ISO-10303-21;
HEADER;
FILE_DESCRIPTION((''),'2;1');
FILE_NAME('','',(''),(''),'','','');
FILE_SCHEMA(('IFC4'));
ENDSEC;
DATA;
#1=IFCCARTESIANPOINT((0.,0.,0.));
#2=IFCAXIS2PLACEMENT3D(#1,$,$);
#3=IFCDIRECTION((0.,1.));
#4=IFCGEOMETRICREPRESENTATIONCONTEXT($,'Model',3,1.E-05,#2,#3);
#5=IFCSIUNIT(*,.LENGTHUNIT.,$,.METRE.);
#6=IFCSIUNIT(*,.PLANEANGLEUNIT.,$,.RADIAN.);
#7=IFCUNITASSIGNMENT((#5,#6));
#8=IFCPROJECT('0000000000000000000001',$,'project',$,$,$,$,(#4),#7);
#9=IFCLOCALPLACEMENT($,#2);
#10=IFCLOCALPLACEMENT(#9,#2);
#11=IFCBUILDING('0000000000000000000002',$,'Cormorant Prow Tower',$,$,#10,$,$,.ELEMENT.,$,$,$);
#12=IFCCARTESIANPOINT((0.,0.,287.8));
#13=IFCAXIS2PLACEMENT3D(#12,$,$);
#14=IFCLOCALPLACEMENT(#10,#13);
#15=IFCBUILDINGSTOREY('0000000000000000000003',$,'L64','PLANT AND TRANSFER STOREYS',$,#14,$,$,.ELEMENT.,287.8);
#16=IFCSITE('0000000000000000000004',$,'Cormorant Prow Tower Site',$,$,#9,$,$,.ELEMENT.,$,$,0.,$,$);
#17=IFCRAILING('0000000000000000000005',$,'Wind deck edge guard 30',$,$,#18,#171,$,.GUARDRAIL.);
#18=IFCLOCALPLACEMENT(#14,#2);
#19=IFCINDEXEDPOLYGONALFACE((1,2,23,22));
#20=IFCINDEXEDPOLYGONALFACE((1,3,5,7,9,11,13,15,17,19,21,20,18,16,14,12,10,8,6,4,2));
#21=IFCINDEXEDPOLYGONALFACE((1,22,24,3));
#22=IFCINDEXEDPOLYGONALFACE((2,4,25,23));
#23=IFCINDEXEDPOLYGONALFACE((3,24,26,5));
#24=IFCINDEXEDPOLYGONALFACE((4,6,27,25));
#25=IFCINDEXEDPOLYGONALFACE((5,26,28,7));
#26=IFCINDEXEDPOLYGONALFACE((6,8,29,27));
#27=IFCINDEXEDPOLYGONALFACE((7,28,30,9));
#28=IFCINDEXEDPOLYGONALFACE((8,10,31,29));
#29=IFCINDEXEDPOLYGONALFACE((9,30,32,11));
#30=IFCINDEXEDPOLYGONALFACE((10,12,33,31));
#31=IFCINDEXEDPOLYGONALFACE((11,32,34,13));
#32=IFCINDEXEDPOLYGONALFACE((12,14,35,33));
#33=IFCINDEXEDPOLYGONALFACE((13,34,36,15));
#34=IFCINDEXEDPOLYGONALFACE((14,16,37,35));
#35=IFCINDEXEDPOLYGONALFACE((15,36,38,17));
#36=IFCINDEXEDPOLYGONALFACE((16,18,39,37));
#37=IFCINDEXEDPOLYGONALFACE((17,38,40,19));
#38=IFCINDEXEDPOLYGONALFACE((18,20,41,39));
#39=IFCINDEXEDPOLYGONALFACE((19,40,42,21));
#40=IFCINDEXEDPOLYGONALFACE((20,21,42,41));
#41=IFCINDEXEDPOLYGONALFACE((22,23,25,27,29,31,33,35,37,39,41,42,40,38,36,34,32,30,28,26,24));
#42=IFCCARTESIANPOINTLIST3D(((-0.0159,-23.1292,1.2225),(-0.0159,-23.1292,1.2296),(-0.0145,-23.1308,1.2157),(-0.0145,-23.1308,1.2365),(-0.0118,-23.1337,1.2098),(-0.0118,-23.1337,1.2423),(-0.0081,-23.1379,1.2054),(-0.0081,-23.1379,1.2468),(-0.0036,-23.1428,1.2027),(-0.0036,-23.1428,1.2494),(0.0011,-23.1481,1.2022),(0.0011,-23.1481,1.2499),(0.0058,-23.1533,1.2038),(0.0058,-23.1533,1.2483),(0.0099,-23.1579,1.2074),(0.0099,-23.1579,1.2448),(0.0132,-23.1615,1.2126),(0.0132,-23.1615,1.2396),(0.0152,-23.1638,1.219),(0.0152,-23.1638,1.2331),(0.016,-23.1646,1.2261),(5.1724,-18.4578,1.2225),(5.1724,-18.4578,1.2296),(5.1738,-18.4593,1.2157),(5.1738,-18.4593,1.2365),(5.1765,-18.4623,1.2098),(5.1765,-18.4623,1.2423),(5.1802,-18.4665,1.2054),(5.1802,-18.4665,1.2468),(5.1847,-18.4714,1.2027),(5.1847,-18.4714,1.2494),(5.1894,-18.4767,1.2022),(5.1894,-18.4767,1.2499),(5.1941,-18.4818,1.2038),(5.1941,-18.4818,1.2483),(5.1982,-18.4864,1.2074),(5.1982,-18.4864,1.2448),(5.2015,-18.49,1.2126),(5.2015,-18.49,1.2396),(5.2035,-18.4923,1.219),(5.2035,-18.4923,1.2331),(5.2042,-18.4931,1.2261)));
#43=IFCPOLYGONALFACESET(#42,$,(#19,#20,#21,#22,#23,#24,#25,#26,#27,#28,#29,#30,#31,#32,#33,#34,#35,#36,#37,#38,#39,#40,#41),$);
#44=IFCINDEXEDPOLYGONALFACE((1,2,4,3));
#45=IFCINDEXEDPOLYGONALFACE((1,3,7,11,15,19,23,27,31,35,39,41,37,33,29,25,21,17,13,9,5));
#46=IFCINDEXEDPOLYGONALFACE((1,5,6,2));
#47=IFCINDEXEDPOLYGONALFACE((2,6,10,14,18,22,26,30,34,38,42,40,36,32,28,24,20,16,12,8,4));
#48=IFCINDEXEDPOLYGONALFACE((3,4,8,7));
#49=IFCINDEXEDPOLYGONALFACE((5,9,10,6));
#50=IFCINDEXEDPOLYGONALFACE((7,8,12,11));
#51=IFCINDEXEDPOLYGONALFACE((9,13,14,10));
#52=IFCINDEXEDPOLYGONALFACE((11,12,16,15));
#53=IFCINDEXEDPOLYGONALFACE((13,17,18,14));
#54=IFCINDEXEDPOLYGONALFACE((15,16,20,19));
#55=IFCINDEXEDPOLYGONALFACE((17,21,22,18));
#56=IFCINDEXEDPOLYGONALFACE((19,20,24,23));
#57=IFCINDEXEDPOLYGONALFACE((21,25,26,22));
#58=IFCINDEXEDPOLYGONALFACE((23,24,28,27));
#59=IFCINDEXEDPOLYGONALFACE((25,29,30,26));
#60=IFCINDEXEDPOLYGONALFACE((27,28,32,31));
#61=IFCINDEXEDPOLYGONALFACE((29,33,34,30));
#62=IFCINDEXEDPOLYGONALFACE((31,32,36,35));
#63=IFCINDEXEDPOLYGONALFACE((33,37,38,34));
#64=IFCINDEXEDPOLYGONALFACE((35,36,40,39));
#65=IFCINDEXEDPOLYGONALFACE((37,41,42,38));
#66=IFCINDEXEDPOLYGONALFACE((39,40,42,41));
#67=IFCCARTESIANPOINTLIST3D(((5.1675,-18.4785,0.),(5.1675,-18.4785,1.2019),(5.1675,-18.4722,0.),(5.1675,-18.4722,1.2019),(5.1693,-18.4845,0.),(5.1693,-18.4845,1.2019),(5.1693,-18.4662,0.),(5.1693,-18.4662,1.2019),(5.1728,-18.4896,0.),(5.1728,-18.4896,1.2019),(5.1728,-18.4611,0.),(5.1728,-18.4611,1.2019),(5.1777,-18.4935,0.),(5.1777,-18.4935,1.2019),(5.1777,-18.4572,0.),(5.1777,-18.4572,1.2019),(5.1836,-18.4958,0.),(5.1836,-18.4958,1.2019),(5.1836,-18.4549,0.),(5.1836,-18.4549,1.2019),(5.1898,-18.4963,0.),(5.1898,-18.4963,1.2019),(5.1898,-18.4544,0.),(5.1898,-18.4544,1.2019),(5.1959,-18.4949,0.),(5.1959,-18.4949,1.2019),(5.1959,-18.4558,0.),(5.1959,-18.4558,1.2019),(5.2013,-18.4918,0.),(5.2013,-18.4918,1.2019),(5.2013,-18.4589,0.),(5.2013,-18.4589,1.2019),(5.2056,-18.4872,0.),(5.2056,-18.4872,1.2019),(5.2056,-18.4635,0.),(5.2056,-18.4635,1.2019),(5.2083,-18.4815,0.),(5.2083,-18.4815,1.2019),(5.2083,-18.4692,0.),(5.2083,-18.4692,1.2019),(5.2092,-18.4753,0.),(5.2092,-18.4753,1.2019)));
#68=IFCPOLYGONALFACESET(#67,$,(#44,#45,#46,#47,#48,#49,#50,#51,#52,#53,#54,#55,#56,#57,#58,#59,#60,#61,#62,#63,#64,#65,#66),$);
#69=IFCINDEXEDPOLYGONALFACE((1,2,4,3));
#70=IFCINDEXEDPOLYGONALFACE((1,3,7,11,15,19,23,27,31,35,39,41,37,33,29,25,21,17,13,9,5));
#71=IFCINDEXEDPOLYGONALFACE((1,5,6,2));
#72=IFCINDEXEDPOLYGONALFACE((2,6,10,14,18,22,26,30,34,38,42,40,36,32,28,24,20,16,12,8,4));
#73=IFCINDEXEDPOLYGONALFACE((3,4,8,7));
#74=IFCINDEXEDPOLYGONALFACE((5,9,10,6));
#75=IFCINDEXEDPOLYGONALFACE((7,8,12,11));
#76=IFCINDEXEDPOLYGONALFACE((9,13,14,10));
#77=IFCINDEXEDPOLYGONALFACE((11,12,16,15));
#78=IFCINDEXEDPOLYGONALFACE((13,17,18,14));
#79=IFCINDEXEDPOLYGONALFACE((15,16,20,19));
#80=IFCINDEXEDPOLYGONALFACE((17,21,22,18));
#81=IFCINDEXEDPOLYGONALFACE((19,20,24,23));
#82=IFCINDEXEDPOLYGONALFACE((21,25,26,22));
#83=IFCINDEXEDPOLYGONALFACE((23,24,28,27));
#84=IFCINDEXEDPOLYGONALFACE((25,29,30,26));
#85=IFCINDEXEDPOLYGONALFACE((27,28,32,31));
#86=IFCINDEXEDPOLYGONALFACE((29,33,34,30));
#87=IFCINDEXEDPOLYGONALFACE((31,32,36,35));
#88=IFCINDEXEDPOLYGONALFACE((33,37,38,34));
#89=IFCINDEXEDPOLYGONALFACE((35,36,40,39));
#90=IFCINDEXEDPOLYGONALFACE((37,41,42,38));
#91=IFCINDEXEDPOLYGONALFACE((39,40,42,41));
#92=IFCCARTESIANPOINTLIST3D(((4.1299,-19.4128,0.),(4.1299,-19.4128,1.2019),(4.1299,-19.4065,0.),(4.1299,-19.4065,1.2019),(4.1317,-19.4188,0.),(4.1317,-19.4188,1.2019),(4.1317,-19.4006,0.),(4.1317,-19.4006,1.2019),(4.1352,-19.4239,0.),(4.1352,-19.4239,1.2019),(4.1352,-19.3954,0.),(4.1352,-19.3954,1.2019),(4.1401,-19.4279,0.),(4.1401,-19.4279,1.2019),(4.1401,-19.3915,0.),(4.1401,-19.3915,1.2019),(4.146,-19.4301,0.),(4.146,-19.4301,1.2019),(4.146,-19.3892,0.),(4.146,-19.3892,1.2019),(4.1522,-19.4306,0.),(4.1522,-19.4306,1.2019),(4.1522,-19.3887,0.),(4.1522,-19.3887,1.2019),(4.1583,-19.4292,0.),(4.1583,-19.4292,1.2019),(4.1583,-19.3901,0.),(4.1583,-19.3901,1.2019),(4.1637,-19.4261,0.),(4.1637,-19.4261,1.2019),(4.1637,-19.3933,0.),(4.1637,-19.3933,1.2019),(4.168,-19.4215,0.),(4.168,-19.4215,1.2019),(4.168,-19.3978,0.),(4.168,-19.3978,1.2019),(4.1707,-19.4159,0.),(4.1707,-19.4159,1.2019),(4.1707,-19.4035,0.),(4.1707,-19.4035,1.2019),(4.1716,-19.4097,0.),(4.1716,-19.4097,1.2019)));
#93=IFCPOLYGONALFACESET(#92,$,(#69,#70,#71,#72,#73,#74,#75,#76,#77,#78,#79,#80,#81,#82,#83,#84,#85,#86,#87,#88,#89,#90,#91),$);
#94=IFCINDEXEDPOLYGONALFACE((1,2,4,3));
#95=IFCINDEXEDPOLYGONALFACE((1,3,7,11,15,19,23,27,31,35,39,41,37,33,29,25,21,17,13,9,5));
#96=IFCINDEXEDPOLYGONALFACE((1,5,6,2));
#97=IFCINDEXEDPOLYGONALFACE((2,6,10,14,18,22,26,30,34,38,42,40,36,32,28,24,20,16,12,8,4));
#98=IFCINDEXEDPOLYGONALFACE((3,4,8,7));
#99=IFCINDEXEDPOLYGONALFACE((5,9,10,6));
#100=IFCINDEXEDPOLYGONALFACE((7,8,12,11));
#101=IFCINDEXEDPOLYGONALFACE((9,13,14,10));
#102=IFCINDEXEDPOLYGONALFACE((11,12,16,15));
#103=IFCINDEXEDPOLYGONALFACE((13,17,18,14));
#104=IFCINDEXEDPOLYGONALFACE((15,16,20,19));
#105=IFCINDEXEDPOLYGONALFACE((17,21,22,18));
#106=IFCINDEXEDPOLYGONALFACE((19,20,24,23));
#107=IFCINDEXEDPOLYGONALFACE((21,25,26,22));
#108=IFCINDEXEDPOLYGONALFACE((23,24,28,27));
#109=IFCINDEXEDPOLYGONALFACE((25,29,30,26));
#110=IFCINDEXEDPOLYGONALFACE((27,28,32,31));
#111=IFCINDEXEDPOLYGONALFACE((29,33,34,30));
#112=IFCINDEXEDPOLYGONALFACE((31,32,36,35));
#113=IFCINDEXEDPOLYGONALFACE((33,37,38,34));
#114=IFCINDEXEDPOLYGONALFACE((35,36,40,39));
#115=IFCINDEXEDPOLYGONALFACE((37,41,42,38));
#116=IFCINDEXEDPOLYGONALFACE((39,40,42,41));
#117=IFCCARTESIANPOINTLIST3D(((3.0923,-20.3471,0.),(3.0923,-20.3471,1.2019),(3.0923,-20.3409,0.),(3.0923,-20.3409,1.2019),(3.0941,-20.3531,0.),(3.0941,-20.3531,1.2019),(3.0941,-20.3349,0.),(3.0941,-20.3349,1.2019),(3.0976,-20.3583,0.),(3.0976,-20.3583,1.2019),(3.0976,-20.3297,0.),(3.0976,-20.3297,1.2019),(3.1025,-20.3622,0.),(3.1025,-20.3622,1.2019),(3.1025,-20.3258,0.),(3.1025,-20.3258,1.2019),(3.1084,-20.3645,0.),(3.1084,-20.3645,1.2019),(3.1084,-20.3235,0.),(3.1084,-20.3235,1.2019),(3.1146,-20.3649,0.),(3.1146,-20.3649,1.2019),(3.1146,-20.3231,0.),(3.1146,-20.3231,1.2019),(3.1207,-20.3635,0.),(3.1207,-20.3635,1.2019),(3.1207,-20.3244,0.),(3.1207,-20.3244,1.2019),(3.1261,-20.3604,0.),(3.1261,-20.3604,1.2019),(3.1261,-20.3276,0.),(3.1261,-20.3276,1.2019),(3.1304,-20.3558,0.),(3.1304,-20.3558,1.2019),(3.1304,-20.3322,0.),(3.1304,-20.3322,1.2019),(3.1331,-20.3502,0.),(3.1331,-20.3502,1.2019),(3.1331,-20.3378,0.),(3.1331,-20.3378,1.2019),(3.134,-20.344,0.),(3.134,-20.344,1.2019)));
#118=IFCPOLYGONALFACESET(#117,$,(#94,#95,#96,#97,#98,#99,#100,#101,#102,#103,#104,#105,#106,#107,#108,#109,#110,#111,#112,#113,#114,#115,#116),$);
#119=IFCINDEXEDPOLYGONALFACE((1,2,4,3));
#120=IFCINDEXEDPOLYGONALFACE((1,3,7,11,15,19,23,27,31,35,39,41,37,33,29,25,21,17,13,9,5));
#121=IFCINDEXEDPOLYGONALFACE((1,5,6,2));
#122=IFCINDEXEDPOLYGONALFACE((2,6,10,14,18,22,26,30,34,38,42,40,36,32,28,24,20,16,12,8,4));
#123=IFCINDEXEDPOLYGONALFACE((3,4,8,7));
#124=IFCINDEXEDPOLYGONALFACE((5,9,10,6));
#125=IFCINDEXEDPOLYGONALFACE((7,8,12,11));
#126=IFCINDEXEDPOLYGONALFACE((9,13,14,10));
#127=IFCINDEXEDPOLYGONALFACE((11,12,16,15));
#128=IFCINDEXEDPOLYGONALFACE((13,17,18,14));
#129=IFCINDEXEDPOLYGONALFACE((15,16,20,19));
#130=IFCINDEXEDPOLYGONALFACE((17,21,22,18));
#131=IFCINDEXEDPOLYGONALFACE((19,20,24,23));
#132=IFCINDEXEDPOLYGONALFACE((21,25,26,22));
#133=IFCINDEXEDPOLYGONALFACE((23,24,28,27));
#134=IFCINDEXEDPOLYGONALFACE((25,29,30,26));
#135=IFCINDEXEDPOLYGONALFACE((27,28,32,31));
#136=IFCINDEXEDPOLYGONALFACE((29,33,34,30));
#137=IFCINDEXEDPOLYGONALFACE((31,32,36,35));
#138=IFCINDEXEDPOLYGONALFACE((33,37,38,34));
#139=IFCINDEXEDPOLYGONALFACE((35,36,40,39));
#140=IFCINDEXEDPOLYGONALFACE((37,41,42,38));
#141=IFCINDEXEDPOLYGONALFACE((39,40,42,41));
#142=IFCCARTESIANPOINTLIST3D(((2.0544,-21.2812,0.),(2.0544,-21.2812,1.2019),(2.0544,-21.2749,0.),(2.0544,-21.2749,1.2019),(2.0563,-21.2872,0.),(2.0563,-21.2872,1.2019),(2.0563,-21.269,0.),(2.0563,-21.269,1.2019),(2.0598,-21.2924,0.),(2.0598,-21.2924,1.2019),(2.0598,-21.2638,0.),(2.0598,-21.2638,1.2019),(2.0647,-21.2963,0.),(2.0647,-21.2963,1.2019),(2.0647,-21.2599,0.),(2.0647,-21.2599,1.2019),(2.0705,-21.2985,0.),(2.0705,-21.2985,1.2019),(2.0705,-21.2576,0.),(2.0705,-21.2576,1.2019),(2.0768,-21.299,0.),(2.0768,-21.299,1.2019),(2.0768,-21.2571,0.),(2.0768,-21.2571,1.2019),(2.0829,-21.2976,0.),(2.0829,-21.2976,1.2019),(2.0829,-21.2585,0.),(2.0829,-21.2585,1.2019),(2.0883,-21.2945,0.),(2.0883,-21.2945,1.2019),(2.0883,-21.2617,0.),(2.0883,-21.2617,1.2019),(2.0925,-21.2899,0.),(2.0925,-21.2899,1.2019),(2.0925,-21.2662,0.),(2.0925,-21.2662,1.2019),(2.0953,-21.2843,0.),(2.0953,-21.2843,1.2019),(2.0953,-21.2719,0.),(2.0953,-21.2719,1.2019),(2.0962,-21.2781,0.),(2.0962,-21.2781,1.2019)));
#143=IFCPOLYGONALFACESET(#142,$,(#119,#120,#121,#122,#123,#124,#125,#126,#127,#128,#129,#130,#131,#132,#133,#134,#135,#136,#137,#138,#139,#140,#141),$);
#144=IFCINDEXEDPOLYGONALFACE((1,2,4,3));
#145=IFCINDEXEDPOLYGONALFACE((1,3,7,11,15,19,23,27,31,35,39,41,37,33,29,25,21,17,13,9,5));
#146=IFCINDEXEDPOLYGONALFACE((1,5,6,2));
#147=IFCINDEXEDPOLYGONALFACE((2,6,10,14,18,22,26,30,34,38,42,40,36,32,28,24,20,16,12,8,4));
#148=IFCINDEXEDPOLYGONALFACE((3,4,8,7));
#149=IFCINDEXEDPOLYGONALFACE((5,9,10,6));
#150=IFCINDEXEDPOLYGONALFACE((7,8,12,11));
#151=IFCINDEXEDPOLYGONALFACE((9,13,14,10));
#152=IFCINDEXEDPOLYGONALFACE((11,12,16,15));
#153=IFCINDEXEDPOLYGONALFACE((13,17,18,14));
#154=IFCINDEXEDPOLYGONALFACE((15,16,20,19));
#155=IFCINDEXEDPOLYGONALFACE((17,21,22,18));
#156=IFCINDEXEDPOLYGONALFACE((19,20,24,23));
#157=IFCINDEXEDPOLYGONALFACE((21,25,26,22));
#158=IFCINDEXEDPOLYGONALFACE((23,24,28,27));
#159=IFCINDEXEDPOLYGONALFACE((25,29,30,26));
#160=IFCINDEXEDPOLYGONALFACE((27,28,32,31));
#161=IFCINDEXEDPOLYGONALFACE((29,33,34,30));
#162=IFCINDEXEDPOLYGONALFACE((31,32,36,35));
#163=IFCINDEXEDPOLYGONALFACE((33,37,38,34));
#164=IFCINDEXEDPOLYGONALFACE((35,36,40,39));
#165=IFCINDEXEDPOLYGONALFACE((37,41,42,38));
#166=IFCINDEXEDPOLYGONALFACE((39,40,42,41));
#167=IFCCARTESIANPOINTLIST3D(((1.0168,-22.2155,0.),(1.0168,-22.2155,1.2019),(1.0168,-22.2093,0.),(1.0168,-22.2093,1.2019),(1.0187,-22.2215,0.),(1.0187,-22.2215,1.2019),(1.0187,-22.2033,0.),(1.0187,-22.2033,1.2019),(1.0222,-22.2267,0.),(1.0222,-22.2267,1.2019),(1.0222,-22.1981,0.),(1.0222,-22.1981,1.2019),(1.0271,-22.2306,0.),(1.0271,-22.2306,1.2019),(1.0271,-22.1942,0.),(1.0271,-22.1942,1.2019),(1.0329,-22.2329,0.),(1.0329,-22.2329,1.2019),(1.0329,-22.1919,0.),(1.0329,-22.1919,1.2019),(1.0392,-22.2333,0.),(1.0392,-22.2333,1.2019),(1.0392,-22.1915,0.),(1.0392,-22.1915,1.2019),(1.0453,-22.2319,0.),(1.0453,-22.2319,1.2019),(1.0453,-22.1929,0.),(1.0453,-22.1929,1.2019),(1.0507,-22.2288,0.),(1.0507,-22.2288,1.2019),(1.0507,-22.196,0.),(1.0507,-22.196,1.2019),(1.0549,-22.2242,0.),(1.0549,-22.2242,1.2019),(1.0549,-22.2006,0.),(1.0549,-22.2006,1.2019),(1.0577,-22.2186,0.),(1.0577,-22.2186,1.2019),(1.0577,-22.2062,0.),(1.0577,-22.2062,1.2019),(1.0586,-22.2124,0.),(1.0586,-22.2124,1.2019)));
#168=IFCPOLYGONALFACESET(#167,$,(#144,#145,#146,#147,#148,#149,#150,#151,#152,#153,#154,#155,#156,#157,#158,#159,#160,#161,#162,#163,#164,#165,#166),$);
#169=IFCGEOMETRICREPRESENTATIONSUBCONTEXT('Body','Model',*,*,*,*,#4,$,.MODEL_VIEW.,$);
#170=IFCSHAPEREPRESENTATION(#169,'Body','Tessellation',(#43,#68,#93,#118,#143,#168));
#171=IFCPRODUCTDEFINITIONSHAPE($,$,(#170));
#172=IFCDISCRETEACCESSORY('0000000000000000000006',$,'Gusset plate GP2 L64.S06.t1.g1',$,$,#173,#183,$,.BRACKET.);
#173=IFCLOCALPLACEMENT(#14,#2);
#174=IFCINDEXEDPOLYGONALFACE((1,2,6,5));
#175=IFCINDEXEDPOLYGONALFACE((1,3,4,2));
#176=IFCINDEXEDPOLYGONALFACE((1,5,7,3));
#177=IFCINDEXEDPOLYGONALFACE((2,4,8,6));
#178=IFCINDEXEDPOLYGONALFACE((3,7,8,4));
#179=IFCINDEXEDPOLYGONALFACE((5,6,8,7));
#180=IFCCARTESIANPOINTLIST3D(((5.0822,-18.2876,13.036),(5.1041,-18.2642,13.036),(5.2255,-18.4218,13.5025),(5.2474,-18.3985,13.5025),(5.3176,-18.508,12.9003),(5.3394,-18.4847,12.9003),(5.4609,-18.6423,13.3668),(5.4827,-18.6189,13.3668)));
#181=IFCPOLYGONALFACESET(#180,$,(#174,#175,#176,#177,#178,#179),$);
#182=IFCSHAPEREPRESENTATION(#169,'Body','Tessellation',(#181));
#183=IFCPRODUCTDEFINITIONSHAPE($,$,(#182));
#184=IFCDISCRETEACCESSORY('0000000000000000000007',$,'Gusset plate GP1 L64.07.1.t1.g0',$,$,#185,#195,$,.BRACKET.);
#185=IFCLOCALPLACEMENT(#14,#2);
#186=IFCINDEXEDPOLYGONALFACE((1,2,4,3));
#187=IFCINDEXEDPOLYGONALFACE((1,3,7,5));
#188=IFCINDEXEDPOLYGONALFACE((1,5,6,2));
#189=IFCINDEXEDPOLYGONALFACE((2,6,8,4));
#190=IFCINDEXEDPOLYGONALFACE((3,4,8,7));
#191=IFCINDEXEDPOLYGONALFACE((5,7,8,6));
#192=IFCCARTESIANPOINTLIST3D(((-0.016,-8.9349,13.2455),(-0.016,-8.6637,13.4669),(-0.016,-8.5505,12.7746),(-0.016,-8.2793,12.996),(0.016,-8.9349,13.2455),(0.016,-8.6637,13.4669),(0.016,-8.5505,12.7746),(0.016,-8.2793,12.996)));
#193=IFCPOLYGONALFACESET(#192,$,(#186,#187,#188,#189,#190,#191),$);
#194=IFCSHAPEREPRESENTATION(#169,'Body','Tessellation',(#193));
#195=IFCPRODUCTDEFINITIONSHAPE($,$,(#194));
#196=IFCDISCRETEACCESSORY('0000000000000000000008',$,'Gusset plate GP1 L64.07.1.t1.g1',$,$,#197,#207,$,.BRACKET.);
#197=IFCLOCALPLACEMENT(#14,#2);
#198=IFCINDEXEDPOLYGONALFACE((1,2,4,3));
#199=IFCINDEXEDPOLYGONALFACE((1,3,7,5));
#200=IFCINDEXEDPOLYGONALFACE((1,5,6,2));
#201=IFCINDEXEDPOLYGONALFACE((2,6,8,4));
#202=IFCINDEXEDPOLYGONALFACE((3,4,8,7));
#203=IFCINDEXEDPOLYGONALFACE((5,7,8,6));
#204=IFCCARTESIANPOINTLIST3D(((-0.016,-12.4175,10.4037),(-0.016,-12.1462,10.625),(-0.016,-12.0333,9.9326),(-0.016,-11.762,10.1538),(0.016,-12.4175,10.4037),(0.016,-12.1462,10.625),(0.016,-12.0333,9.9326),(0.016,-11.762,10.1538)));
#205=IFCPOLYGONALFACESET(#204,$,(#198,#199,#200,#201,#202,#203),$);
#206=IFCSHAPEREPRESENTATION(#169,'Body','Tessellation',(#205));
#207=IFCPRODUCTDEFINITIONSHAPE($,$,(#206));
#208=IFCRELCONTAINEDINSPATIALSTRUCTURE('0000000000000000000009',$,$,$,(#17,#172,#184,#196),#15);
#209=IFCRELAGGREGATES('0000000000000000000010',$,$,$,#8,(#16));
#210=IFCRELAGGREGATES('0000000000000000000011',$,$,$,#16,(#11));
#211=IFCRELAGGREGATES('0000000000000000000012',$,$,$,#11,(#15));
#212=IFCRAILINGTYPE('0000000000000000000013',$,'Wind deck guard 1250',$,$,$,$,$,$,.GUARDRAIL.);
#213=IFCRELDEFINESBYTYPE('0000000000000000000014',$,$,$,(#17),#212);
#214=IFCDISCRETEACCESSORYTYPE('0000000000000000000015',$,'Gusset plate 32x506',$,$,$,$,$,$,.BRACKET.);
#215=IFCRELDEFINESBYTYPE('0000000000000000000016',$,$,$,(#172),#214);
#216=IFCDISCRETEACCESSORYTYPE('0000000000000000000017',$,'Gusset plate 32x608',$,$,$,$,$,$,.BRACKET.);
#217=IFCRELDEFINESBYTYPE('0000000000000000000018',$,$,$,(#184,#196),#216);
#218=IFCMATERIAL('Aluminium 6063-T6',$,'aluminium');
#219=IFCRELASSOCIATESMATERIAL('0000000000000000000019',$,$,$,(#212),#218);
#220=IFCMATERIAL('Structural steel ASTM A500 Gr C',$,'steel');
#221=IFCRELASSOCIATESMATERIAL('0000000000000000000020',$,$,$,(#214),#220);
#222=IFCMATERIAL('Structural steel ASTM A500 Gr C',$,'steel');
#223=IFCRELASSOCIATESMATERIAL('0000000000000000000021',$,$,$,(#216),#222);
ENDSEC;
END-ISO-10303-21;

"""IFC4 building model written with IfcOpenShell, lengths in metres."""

from ifc_helpers import new_model, si_unit, direction, frame, origin, origin_2d, place, context, subcontext, project, spatial, rectangle, circle, extrude, material, material_profile, profile_set, type_object, element, save


model = new_model("IFC4")

# Units and contexts
model_context = context("Model", 3, precision=1e-05, world=origin(), true_north=direction((0.0, 1.0)))
body_context = subcontext(model_context, "Body", "Model", "MODEL_VIEW")
ifc_project = project(units=[si_unit("LENGTHUNIT", "METRE"), si_unit("PLANEANGLEUNIT", "RADIAN")], contexts=[model_context])

# Site, building, storey
site_placement = place(None, origin())
site = spatial("IfcSite", under=ifc_project, at=site_placement, Name="Cormorant Prow Tower Site", CompositionType="ELEMENT", RefElevation=0.0)
building_placement = place(site_placement, origin())
building = spatial("IfcBuilding", under=site, at=building_placement, Name="Cormorant Prow Tower", CompositionType="ELEMENT")
storey_placement = place(building_placement, frame((0.0, 0.0, 287.8)))
storey = spatial("IfcBuildingStorey", under=building, at=storey_placement, Name="L64", Description="PLANT AND TRANSFER STOREYS", CompositionType="ELEMENT", Elevation=287.8)

# Railing
ifc_material_1 = material(Name="Aluminium 6063-T6", Category="aluminium")
railing_type_1 = type_object("IfcRailingType", Name="Wind deck guard 1250", PredefinedType="GUARDRAIL", material=ifc_material_1)
railing_1_placement = place(storey_placement, frame((5.1882, -18.4753, 0.0)))
element("IfcRailing", 1, at=railing_1_placement, inside=storey, type_object=railing_type_1, Name="Wind deck edge guard 30", PredefinedType="GUARDRAIL", context=body_context, shape_type="SweptSolid", body=[
    extrude(circle(Radius=0.0239, at=origin_2d()), frame((0.0, 0.0, 1.2261), z_axis=(-0.743153, -0.669121, 0.0), x_axis=(0.669121, -0.743153, 0.0)), (0.0, 0.0, 1.0), 6.9814),
    extrude(circle(Radius=0.021, at=origin_2d()), origin(), (0.0, 0.0, 1.0), 1.2019),
    extrude(circle(Radius=0.021, at=origin_2d()), frame((-1.0376, -0.9343, 0.0)), (0.0, 0.0, 1.0), 1.2019),
    extrude(circle(Radius=0.021, at=origin_2d()), frame((-2.0752, -1.8687, 0.0)), (0.0, 0.0, 1.0), 1.2019),
    extrude(circle(Radius=0.021, at=origin_2d()), frame((-3.113, -2.8027, 0.0)), (0.0, 0.0, 1.0), 1.2019),
    extrude(circle(Radius=0.021, at=origin_2d()), frame((-4.1506, -3.7371, 0.0)), (0.0, 0.0, 1.0), 1.2019),
])

# Discrete accessories
ifc_material_2 = material(Name="Structural steel ASTM A500 Gr C", Category="steel")
ifc_material_profile_1 = material_profile(ifc_material_2, rectangle(XDim=0.032, YDim=0.5061, at=origin_2d()), Name="Gusset plate 32x506")
ifc_profile_set_1 = profile_set([ifc_material_profile_1], Name="Structural steel ASTM A500 Gr C")
discrete_accessory_type_1 = type_object("IfcDiscreteAccessoryType", Name="Gusset plate 32x506", PredefinedType="BRACKET", material=ifc_profile_set_1)
discrete_accessory_1_placement = place(storey_placement, frame((5.4001, -18.5635, 13.1335), z_axis=(-0.672657, 0.630093, 0.387964), x_axis=(-0.683639, -0.72982, 0.0)))
element("IfcDiscreteAccessory", 2, at=discrete_accessory_1_placement, inside=storey, type_object=discrete_accessory_type_1, Name="Gusset plate GP2 L64.S06.t1.g1", PredefinedType="BRACKET", context=body_context, shape_type="SweptSolid", body=[
    extrude(rectangle(XDim=0.032, YDim=0.5061, at=origin_2d()), origin(), (0.0, 0.0, 1.0), 0.3499),
])
ifc_material_3 = material(Name="Structural steel ASTM A500 Gr C", Category="steel")
ifc_material_profile_2 = material_profile(ifc_material_3, rectangle(XDim=0.032, YDim=0.6079, at=origin_2d()), Name="Gusset plate 32x608")
ifc_profile_set_2 = profile_set([ifc_material_profile_2], Name="Structural steel ASTM A500 Gr C")
discrete_accessory_type_2 = type_object("IfcDiscreteAccessoryType", Name="Gusset plate 32x608", PredefinedType="BRACKET", material=ifc_profile_set_2)
for number, where, z_axis, x_axis, name in (
    (3, (0.0, -8.7427, 13.01), (0.0, 0.77464, 0.632402), (-1.0, 0.0, 0.0), "Gusset plate GP1 L64.07.1.t1.g0"),
    (4, (0.0, -11.9541, 10.3894), (0.0, -0.774982, -0.631983), (1.0, 0.0, 0.0), "Gusset plate GP1 L64.07.1.t1.g1"),
):
    element("IfcDiscreteAccessory", number, at=place(storey_placement, frame(where, z_axis=z_axis, x_axis=x_axis)), inside=storey, type_object=discrete_accessory_type_2, Name=name, PredefinedType="BRACKET", context=body_context, shape_type="SweptSolid", body=[
        extrude(rectangle(XDim=0.032, YDim=0.6079, at=origin_2d()), origin(), (0.0, 0.0, 1.0), 0.3501),
    ])

save(model, "model.ifc")
